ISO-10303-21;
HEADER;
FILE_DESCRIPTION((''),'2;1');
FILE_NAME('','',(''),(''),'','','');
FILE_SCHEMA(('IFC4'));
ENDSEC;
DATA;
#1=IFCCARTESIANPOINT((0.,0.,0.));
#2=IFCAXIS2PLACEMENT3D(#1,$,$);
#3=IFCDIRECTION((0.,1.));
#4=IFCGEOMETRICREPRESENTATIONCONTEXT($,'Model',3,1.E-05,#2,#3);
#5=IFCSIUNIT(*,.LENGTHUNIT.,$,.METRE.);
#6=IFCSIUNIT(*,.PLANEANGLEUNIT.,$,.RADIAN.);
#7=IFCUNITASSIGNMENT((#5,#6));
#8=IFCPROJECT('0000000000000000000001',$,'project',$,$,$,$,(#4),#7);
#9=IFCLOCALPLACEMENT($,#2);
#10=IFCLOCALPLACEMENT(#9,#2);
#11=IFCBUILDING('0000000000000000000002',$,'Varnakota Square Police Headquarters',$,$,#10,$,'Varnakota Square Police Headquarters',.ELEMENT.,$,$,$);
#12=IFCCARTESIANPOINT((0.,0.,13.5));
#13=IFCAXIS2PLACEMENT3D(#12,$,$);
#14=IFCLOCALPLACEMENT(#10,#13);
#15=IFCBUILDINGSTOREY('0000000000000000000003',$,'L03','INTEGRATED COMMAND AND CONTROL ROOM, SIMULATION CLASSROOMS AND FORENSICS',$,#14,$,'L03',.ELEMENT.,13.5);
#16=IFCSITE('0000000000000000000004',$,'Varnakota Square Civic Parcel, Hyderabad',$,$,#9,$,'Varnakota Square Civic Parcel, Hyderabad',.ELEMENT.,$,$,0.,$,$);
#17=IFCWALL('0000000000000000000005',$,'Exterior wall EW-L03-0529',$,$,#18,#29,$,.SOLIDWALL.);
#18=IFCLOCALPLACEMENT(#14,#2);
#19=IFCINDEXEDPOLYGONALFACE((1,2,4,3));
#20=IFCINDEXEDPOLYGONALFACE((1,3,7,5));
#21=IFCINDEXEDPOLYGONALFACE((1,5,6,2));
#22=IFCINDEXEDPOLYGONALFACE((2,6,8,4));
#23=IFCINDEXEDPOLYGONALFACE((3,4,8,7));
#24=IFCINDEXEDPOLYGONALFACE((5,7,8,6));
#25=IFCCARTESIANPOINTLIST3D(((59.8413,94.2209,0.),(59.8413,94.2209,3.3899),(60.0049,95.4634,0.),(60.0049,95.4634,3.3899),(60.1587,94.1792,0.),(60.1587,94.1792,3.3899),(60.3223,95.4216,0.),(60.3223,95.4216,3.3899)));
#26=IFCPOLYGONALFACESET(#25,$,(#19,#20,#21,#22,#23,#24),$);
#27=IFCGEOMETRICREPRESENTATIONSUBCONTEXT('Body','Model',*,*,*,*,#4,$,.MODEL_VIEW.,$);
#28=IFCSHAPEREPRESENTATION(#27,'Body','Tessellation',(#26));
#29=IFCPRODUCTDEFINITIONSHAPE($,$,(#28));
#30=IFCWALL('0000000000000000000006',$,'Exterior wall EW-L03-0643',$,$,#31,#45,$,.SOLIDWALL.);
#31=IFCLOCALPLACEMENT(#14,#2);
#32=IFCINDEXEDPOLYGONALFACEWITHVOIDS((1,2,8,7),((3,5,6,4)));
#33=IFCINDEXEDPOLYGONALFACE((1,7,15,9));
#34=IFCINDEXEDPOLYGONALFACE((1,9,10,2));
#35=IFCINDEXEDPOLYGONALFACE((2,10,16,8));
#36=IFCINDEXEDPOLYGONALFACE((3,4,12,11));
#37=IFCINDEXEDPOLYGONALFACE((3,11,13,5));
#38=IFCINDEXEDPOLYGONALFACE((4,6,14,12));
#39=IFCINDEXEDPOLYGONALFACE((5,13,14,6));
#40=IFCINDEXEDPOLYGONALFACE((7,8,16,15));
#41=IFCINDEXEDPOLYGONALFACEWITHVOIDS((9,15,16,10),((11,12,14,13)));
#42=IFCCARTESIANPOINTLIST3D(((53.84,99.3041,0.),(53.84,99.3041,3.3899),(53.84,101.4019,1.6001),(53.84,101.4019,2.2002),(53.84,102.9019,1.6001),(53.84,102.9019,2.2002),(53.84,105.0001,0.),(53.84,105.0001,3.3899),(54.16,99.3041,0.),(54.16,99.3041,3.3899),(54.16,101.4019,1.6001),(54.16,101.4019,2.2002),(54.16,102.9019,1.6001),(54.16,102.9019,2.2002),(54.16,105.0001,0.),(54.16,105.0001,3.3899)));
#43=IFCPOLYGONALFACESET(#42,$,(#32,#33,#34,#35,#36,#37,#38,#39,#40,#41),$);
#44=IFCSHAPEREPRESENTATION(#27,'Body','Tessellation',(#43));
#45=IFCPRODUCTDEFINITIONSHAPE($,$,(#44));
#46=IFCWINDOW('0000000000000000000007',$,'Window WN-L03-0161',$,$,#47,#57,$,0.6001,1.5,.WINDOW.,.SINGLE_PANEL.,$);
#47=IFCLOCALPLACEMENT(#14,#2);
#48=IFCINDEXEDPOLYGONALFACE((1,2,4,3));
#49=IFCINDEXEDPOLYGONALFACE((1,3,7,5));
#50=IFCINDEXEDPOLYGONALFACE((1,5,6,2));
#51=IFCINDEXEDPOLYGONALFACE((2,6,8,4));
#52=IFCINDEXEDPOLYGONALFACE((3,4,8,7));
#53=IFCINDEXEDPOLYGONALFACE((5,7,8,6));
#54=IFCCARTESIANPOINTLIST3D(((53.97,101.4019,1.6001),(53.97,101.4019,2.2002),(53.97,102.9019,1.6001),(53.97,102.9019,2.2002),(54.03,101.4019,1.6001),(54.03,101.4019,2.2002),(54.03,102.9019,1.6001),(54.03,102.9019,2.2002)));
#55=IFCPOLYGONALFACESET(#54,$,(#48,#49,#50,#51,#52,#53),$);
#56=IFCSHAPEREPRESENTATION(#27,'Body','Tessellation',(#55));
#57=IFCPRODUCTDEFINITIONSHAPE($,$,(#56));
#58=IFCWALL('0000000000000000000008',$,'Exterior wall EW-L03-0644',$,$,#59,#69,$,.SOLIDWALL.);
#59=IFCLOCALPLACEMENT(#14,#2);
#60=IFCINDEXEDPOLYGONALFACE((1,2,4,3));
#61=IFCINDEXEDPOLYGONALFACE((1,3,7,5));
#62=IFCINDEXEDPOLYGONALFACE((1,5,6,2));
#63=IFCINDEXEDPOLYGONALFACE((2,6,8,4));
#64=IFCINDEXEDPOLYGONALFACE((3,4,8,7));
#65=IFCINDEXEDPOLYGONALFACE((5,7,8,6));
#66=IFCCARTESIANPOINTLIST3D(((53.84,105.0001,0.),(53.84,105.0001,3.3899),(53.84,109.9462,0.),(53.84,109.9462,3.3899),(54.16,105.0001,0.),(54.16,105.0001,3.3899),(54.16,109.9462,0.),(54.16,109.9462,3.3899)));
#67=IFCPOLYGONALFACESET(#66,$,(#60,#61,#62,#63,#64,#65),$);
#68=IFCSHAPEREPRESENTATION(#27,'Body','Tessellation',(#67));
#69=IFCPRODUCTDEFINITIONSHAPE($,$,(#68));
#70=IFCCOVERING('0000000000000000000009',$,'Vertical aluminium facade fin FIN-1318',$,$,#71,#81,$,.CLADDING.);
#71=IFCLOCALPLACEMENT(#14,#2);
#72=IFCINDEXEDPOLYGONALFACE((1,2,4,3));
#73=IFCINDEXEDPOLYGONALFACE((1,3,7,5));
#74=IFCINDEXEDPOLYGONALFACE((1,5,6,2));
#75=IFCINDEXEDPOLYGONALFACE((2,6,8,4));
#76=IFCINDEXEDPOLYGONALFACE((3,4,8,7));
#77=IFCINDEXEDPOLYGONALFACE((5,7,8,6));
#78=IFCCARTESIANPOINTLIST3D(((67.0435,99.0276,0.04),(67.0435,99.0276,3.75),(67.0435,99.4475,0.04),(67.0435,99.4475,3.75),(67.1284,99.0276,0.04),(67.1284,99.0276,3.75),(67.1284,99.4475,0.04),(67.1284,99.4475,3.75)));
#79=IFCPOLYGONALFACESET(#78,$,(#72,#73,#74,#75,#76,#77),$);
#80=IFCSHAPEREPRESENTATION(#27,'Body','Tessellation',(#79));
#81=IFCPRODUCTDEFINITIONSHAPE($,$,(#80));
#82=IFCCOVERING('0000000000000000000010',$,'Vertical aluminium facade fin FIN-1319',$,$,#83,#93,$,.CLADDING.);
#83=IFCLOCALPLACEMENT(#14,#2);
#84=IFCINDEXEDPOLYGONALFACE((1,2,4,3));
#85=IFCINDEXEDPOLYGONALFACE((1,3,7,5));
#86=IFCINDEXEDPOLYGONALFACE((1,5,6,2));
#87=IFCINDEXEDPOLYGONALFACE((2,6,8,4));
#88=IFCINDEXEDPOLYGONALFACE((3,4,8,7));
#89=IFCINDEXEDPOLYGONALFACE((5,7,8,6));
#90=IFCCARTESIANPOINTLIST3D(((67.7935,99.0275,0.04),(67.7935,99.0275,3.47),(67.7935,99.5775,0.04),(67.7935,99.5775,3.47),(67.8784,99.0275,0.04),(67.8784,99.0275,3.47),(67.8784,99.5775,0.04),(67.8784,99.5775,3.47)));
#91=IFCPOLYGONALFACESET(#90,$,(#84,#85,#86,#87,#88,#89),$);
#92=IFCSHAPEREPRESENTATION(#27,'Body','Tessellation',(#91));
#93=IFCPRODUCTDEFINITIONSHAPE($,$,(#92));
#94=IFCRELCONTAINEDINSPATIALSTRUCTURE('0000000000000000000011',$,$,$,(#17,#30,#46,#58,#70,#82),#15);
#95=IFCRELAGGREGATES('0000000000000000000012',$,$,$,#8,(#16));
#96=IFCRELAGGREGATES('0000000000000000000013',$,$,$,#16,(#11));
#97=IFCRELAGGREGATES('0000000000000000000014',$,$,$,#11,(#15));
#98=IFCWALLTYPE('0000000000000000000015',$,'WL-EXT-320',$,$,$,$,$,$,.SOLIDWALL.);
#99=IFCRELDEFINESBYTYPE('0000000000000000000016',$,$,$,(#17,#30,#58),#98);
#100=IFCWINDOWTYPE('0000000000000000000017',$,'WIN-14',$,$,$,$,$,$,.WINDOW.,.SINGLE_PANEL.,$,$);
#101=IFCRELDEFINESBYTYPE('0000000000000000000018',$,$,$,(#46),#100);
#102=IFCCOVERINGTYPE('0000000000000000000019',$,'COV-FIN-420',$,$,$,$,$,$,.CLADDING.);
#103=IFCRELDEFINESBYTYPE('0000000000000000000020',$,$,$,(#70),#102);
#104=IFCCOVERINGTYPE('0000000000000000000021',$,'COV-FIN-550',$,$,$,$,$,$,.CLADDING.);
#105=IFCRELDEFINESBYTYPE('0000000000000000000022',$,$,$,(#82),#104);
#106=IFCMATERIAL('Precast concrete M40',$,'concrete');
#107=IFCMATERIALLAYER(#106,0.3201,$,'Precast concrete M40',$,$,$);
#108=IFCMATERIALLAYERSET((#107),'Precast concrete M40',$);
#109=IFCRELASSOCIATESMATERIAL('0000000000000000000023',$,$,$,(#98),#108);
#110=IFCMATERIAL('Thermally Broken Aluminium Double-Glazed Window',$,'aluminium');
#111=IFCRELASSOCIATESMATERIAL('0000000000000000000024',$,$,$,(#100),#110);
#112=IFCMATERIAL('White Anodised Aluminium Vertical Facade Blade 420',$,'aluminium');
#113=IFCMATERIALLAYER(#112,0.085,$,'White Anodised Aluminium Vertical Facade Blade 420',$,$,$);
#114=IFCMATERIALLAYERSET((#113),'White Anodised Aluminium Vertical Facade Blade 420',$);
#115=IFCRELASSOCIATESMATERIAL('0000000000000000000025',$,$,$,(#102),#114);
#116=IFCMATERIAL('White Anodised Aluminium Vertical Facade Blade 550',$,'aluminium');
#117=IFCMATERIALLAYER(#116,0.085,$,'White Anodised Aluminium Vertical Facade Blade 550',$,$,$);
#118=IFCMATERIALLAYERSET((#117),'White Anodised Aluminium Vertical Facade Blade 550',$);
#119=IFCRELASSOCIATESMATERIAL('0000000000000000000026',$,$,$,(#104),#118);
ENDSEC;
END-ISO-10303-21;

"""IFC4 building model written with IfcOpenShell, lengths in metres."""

from ifc_helpers import new_model, si_unit, direction, frame, frame_2d, origin, origin_2d, place, context, subcontext, project, spatial, rectangle, extrude, material, layer, layer_set, type_object, element, fill, save


model = new_model("IFC4")

# Units and contexts
model_context = context("Model", 3, precision=1e-05, world=origin(), true_north=direction((0.0, 1.0)))
body_context = subcontext(model_context, "Body", "Model", "MODEL_VIEW")
ifc_project = project(units=[si_unit("LENGTHUNIT", "METRE"), si_unit("PLANEANGLEUNIT", "RADIAN")], contexts=[model_context])

# Site, building, storey
site_placement = place(None, origin())
site = spatial("IfcSite", under=ifc_project, at=site_placement, Name="Varnakota Square Civic Parcel, Hyderabad", LongName="Varnakota Square Civic Parcel, Hyderabad", CompositionType="ELEMENT", RefElevation=0.0)
building_placement = place(site_placement, origin())
building = spatial("IfcBuilding", under=site, at=building_placement, Name="Varnakota Square Police Headquarters", LongName="Varnakota Square Police Headquarters", CompositionType="ELEMENT")
storey_placement = place(building_placement, frame((0.0, 0.0, 13.5)))
storey = spatial("IfcBuildingStorey", under=building, at=storey_placement, Name="L03", Description="INTEGRATED COMMAND AND CONTROL ROOM, SIMULATION CLASSROOMS AND FORENSICS", LongName="L03", CompositionType="ELEMENT", Elevation=13.5)

# Shared definitions
ifc_material_1 = material(Name="Precast concrete M40", Category="concrete")
ifc_material_2 = material(Name="Thermally Broken Aluminium Double-Glazed Window", Category="aluminium")

# Wall
ifc_layer_1 = layer(ifc_material_1, 0.3201, Name="Precast concrete M40")
ifc_layer_set_1 = layer_set([ifc_layer_1], Name="Precast concrete M40")
wall_type_1 = type_object("IfcWallType", Name="WL-EXT-320", PredefinedType="SOLIDWALL", material=ifc_layer_set_1)
for number, where, z_axis, x_axis, name in (
    (1, (60.1636, 95.4424, 0.0), (0.0, 0.0, 1.0), (-0.13053, -0.991444, 0.0), "Exterior wall EW-L03-0529"),
):
    element("IfcWall", number, at=place(storey_placement, frame(where, z_axis=z_axis, x_axis=x_axis)), inside=storey, type_object=wall_type_1, Name=name, PredefinedType="SOLIDWALL", context=body_context, shape_type="SweptSolid", body=[
        extrude(rectangle(XDim=1.2532, YDim=0.3201, at=frame_2d((0.6265, 0.0))), origin(), (0.0, 0.0, 1.0), 3.3899),
    ])

# Wall, opening, window
wall_1_placement = place(storey_placement, frame((54.0, 99.304, 0.0), z_axis=(0.0, 0.0, 1.0), x_axis=(0.0, 1.0, 0.0)))
wall_1 = element("IfcWall", 2, at=wall_1_placement, inside=storey, type_object=wall_type_1, Name="Exterior wall EW-L03-0643", PredefinedType="SOLIDWALL", context=body_context, shape_type="SweptSolid", body=[
    extrude(rectangle(XDim=5.696, YDim=0.3201, at=frame_2d((2.8481, 0.0))), origin(), (0.0, 0.0, 1.0), 3.3899),
])
opening_1_placement = place(wall_1_placement, frame((2.0979, 0.0, 1.6001)))
opening_1 = element("IfcOpeningElement", 3, at=opening_1_placement, cuts=wall_1, PredefinedType="OPENING", context=body_context, shape_type="SweptSolid", body=[
    extrude(rectangle(XDim=1.5, YDim=0.6001, at=frame_2d((0.75, 0.3))), frame((0.0, 0.1699, 0.0), z_axis=(0.0, -1.0, 0.0), x_axis=(1.0, 0.0, 0.0)), (0.0, 0.0, 1.0), 0.3401),
])
window_type_1 = type_object("IfcWindowType", Name="WIN-14", PartitioningType="SINGLE_PANEL", PredefinedType="WINDOW", material=ifc_material_2)
window_1_placement = place(opening_1_placement, origin())
window_1 = element("IfcWindow", 4, at=window_1_placement, inside=storey, type_object=window_type_1, Name="Window WN-L03-0161", OverallHeight=0.6001, OverallWidth=1.5, PartitioningType="SINGLE_PANEL", PredefinedType="WINDOW", context=body_context, shape_type="SweptSolid", body=[
    extrude(rectangle(XDim=1.5, YDim=0.6001, at=frame_2d((0.75, 0.3))), frame((0.0, 0.03, 0.0), z_axis=(0.0, -1.0, 0.0), x_axis=(1.0, 0.0, 0.0)), (0.0, 0.0, 1.0), 0.0601),
])
fill(opening_1, window_1)

# Wall
wall_2_placement = place(storey_placement, frame((54.0, 105.0, 0.0), z_axis=(0.0, 0.0, 1.0), x_axis=(0.0, 1.0, 0.0)))
element("IfcWall", 5, at=wall_2_placement, inside=storey, type_object=wall_type_1, Name="Exterior wall EW-L03-0644", PredefinedType="SOLIDWALL", context=body_context, shape_type="SweptSolid", body=[
    extrude(rectangle(XDim=4.946, YDim=0.3201, at=frame_2d((2.4731, 0.0))), origin(), (0.0, 0.0, 1.0), 3.3899),
])

# Coverings
ifc_material_3 = material(Name="White Anodised Aluminium Vertical Facade Blade 420", Category="aluminium")
ifc_layer_2 = layer(ifc_material_3, 0.085, Name="White Anodised Aluminium Vertical Facade Blade 420")
ifc_layer_set_2 = layer_set([ifc_layer_2], Name="White Anodised Aluminium Vertical Facade Blade 420")
covering_type_1 = type_object("IfcCoveringType", Name="COV-FIN-420", PredefinedType="CLADDING", material=ifc_layer_set_2)
covering_1_placement = place(storey_placement, frame((67.0859, 99.2375, 0.04), z_axis=(0.0, 0.0, 1.0), x_axis=(1.0, 0.0, 0.0)))
element("IfcCovering", 6, at=covering_1_placement, inside=storey, type_object=covering_type_1, Name="Vertical aluminium facade fin FIN-1318", PredefinedType="CLADDING", context=body_context, shape_type="SweptSolid", body=[
    extrude(rectangle(XDim=0.085, YDim=0.4199, at=origin_2d()), origin(), (0.0, 0.0, 1.0), 3.71),
])
ifc_material_4 = material(Name="White Anodised Aluminium Vertical Facade Blade 550", Category="aluminium")
ifc_layer_3 = layer(ifc_material_4, 0.085, Name="White Anodised Aluminium Vertical Facade Blade 550")
ifc_layer_set_3 = layer_set([ifc_layer_3], Name="White Anodised Aluminium Vertical Facade Blade 550")
covering_type_2 = type_object("IfcCoveringType", Name="COV-FIN-550", PredefinedType="CLADDING", material=ifc_layer_set_3)
covering_2_placement = place(storey_placement, frame((67.8359, 99.3025, 0.04), z_axis=(0.0, 0.0, 1.0), x_axis=(1.0, 0.0, 0.0)))
element("IfcCovering", 7, at=covering_2_placement, inside=storey, type_object=covering_type_2, Name="Vertical aluminium facade fin FIN-1319", PredefinedType="CLADDING", context=body_context, shape_type="SweptSolid", body=[
    extrude(rectangle(XDim=0.085, YDim=0.55, at=origin_2d()), origin(), (0.0, 0.0, 1.0), 3.4299),
])

save(model, "model.ifc")
